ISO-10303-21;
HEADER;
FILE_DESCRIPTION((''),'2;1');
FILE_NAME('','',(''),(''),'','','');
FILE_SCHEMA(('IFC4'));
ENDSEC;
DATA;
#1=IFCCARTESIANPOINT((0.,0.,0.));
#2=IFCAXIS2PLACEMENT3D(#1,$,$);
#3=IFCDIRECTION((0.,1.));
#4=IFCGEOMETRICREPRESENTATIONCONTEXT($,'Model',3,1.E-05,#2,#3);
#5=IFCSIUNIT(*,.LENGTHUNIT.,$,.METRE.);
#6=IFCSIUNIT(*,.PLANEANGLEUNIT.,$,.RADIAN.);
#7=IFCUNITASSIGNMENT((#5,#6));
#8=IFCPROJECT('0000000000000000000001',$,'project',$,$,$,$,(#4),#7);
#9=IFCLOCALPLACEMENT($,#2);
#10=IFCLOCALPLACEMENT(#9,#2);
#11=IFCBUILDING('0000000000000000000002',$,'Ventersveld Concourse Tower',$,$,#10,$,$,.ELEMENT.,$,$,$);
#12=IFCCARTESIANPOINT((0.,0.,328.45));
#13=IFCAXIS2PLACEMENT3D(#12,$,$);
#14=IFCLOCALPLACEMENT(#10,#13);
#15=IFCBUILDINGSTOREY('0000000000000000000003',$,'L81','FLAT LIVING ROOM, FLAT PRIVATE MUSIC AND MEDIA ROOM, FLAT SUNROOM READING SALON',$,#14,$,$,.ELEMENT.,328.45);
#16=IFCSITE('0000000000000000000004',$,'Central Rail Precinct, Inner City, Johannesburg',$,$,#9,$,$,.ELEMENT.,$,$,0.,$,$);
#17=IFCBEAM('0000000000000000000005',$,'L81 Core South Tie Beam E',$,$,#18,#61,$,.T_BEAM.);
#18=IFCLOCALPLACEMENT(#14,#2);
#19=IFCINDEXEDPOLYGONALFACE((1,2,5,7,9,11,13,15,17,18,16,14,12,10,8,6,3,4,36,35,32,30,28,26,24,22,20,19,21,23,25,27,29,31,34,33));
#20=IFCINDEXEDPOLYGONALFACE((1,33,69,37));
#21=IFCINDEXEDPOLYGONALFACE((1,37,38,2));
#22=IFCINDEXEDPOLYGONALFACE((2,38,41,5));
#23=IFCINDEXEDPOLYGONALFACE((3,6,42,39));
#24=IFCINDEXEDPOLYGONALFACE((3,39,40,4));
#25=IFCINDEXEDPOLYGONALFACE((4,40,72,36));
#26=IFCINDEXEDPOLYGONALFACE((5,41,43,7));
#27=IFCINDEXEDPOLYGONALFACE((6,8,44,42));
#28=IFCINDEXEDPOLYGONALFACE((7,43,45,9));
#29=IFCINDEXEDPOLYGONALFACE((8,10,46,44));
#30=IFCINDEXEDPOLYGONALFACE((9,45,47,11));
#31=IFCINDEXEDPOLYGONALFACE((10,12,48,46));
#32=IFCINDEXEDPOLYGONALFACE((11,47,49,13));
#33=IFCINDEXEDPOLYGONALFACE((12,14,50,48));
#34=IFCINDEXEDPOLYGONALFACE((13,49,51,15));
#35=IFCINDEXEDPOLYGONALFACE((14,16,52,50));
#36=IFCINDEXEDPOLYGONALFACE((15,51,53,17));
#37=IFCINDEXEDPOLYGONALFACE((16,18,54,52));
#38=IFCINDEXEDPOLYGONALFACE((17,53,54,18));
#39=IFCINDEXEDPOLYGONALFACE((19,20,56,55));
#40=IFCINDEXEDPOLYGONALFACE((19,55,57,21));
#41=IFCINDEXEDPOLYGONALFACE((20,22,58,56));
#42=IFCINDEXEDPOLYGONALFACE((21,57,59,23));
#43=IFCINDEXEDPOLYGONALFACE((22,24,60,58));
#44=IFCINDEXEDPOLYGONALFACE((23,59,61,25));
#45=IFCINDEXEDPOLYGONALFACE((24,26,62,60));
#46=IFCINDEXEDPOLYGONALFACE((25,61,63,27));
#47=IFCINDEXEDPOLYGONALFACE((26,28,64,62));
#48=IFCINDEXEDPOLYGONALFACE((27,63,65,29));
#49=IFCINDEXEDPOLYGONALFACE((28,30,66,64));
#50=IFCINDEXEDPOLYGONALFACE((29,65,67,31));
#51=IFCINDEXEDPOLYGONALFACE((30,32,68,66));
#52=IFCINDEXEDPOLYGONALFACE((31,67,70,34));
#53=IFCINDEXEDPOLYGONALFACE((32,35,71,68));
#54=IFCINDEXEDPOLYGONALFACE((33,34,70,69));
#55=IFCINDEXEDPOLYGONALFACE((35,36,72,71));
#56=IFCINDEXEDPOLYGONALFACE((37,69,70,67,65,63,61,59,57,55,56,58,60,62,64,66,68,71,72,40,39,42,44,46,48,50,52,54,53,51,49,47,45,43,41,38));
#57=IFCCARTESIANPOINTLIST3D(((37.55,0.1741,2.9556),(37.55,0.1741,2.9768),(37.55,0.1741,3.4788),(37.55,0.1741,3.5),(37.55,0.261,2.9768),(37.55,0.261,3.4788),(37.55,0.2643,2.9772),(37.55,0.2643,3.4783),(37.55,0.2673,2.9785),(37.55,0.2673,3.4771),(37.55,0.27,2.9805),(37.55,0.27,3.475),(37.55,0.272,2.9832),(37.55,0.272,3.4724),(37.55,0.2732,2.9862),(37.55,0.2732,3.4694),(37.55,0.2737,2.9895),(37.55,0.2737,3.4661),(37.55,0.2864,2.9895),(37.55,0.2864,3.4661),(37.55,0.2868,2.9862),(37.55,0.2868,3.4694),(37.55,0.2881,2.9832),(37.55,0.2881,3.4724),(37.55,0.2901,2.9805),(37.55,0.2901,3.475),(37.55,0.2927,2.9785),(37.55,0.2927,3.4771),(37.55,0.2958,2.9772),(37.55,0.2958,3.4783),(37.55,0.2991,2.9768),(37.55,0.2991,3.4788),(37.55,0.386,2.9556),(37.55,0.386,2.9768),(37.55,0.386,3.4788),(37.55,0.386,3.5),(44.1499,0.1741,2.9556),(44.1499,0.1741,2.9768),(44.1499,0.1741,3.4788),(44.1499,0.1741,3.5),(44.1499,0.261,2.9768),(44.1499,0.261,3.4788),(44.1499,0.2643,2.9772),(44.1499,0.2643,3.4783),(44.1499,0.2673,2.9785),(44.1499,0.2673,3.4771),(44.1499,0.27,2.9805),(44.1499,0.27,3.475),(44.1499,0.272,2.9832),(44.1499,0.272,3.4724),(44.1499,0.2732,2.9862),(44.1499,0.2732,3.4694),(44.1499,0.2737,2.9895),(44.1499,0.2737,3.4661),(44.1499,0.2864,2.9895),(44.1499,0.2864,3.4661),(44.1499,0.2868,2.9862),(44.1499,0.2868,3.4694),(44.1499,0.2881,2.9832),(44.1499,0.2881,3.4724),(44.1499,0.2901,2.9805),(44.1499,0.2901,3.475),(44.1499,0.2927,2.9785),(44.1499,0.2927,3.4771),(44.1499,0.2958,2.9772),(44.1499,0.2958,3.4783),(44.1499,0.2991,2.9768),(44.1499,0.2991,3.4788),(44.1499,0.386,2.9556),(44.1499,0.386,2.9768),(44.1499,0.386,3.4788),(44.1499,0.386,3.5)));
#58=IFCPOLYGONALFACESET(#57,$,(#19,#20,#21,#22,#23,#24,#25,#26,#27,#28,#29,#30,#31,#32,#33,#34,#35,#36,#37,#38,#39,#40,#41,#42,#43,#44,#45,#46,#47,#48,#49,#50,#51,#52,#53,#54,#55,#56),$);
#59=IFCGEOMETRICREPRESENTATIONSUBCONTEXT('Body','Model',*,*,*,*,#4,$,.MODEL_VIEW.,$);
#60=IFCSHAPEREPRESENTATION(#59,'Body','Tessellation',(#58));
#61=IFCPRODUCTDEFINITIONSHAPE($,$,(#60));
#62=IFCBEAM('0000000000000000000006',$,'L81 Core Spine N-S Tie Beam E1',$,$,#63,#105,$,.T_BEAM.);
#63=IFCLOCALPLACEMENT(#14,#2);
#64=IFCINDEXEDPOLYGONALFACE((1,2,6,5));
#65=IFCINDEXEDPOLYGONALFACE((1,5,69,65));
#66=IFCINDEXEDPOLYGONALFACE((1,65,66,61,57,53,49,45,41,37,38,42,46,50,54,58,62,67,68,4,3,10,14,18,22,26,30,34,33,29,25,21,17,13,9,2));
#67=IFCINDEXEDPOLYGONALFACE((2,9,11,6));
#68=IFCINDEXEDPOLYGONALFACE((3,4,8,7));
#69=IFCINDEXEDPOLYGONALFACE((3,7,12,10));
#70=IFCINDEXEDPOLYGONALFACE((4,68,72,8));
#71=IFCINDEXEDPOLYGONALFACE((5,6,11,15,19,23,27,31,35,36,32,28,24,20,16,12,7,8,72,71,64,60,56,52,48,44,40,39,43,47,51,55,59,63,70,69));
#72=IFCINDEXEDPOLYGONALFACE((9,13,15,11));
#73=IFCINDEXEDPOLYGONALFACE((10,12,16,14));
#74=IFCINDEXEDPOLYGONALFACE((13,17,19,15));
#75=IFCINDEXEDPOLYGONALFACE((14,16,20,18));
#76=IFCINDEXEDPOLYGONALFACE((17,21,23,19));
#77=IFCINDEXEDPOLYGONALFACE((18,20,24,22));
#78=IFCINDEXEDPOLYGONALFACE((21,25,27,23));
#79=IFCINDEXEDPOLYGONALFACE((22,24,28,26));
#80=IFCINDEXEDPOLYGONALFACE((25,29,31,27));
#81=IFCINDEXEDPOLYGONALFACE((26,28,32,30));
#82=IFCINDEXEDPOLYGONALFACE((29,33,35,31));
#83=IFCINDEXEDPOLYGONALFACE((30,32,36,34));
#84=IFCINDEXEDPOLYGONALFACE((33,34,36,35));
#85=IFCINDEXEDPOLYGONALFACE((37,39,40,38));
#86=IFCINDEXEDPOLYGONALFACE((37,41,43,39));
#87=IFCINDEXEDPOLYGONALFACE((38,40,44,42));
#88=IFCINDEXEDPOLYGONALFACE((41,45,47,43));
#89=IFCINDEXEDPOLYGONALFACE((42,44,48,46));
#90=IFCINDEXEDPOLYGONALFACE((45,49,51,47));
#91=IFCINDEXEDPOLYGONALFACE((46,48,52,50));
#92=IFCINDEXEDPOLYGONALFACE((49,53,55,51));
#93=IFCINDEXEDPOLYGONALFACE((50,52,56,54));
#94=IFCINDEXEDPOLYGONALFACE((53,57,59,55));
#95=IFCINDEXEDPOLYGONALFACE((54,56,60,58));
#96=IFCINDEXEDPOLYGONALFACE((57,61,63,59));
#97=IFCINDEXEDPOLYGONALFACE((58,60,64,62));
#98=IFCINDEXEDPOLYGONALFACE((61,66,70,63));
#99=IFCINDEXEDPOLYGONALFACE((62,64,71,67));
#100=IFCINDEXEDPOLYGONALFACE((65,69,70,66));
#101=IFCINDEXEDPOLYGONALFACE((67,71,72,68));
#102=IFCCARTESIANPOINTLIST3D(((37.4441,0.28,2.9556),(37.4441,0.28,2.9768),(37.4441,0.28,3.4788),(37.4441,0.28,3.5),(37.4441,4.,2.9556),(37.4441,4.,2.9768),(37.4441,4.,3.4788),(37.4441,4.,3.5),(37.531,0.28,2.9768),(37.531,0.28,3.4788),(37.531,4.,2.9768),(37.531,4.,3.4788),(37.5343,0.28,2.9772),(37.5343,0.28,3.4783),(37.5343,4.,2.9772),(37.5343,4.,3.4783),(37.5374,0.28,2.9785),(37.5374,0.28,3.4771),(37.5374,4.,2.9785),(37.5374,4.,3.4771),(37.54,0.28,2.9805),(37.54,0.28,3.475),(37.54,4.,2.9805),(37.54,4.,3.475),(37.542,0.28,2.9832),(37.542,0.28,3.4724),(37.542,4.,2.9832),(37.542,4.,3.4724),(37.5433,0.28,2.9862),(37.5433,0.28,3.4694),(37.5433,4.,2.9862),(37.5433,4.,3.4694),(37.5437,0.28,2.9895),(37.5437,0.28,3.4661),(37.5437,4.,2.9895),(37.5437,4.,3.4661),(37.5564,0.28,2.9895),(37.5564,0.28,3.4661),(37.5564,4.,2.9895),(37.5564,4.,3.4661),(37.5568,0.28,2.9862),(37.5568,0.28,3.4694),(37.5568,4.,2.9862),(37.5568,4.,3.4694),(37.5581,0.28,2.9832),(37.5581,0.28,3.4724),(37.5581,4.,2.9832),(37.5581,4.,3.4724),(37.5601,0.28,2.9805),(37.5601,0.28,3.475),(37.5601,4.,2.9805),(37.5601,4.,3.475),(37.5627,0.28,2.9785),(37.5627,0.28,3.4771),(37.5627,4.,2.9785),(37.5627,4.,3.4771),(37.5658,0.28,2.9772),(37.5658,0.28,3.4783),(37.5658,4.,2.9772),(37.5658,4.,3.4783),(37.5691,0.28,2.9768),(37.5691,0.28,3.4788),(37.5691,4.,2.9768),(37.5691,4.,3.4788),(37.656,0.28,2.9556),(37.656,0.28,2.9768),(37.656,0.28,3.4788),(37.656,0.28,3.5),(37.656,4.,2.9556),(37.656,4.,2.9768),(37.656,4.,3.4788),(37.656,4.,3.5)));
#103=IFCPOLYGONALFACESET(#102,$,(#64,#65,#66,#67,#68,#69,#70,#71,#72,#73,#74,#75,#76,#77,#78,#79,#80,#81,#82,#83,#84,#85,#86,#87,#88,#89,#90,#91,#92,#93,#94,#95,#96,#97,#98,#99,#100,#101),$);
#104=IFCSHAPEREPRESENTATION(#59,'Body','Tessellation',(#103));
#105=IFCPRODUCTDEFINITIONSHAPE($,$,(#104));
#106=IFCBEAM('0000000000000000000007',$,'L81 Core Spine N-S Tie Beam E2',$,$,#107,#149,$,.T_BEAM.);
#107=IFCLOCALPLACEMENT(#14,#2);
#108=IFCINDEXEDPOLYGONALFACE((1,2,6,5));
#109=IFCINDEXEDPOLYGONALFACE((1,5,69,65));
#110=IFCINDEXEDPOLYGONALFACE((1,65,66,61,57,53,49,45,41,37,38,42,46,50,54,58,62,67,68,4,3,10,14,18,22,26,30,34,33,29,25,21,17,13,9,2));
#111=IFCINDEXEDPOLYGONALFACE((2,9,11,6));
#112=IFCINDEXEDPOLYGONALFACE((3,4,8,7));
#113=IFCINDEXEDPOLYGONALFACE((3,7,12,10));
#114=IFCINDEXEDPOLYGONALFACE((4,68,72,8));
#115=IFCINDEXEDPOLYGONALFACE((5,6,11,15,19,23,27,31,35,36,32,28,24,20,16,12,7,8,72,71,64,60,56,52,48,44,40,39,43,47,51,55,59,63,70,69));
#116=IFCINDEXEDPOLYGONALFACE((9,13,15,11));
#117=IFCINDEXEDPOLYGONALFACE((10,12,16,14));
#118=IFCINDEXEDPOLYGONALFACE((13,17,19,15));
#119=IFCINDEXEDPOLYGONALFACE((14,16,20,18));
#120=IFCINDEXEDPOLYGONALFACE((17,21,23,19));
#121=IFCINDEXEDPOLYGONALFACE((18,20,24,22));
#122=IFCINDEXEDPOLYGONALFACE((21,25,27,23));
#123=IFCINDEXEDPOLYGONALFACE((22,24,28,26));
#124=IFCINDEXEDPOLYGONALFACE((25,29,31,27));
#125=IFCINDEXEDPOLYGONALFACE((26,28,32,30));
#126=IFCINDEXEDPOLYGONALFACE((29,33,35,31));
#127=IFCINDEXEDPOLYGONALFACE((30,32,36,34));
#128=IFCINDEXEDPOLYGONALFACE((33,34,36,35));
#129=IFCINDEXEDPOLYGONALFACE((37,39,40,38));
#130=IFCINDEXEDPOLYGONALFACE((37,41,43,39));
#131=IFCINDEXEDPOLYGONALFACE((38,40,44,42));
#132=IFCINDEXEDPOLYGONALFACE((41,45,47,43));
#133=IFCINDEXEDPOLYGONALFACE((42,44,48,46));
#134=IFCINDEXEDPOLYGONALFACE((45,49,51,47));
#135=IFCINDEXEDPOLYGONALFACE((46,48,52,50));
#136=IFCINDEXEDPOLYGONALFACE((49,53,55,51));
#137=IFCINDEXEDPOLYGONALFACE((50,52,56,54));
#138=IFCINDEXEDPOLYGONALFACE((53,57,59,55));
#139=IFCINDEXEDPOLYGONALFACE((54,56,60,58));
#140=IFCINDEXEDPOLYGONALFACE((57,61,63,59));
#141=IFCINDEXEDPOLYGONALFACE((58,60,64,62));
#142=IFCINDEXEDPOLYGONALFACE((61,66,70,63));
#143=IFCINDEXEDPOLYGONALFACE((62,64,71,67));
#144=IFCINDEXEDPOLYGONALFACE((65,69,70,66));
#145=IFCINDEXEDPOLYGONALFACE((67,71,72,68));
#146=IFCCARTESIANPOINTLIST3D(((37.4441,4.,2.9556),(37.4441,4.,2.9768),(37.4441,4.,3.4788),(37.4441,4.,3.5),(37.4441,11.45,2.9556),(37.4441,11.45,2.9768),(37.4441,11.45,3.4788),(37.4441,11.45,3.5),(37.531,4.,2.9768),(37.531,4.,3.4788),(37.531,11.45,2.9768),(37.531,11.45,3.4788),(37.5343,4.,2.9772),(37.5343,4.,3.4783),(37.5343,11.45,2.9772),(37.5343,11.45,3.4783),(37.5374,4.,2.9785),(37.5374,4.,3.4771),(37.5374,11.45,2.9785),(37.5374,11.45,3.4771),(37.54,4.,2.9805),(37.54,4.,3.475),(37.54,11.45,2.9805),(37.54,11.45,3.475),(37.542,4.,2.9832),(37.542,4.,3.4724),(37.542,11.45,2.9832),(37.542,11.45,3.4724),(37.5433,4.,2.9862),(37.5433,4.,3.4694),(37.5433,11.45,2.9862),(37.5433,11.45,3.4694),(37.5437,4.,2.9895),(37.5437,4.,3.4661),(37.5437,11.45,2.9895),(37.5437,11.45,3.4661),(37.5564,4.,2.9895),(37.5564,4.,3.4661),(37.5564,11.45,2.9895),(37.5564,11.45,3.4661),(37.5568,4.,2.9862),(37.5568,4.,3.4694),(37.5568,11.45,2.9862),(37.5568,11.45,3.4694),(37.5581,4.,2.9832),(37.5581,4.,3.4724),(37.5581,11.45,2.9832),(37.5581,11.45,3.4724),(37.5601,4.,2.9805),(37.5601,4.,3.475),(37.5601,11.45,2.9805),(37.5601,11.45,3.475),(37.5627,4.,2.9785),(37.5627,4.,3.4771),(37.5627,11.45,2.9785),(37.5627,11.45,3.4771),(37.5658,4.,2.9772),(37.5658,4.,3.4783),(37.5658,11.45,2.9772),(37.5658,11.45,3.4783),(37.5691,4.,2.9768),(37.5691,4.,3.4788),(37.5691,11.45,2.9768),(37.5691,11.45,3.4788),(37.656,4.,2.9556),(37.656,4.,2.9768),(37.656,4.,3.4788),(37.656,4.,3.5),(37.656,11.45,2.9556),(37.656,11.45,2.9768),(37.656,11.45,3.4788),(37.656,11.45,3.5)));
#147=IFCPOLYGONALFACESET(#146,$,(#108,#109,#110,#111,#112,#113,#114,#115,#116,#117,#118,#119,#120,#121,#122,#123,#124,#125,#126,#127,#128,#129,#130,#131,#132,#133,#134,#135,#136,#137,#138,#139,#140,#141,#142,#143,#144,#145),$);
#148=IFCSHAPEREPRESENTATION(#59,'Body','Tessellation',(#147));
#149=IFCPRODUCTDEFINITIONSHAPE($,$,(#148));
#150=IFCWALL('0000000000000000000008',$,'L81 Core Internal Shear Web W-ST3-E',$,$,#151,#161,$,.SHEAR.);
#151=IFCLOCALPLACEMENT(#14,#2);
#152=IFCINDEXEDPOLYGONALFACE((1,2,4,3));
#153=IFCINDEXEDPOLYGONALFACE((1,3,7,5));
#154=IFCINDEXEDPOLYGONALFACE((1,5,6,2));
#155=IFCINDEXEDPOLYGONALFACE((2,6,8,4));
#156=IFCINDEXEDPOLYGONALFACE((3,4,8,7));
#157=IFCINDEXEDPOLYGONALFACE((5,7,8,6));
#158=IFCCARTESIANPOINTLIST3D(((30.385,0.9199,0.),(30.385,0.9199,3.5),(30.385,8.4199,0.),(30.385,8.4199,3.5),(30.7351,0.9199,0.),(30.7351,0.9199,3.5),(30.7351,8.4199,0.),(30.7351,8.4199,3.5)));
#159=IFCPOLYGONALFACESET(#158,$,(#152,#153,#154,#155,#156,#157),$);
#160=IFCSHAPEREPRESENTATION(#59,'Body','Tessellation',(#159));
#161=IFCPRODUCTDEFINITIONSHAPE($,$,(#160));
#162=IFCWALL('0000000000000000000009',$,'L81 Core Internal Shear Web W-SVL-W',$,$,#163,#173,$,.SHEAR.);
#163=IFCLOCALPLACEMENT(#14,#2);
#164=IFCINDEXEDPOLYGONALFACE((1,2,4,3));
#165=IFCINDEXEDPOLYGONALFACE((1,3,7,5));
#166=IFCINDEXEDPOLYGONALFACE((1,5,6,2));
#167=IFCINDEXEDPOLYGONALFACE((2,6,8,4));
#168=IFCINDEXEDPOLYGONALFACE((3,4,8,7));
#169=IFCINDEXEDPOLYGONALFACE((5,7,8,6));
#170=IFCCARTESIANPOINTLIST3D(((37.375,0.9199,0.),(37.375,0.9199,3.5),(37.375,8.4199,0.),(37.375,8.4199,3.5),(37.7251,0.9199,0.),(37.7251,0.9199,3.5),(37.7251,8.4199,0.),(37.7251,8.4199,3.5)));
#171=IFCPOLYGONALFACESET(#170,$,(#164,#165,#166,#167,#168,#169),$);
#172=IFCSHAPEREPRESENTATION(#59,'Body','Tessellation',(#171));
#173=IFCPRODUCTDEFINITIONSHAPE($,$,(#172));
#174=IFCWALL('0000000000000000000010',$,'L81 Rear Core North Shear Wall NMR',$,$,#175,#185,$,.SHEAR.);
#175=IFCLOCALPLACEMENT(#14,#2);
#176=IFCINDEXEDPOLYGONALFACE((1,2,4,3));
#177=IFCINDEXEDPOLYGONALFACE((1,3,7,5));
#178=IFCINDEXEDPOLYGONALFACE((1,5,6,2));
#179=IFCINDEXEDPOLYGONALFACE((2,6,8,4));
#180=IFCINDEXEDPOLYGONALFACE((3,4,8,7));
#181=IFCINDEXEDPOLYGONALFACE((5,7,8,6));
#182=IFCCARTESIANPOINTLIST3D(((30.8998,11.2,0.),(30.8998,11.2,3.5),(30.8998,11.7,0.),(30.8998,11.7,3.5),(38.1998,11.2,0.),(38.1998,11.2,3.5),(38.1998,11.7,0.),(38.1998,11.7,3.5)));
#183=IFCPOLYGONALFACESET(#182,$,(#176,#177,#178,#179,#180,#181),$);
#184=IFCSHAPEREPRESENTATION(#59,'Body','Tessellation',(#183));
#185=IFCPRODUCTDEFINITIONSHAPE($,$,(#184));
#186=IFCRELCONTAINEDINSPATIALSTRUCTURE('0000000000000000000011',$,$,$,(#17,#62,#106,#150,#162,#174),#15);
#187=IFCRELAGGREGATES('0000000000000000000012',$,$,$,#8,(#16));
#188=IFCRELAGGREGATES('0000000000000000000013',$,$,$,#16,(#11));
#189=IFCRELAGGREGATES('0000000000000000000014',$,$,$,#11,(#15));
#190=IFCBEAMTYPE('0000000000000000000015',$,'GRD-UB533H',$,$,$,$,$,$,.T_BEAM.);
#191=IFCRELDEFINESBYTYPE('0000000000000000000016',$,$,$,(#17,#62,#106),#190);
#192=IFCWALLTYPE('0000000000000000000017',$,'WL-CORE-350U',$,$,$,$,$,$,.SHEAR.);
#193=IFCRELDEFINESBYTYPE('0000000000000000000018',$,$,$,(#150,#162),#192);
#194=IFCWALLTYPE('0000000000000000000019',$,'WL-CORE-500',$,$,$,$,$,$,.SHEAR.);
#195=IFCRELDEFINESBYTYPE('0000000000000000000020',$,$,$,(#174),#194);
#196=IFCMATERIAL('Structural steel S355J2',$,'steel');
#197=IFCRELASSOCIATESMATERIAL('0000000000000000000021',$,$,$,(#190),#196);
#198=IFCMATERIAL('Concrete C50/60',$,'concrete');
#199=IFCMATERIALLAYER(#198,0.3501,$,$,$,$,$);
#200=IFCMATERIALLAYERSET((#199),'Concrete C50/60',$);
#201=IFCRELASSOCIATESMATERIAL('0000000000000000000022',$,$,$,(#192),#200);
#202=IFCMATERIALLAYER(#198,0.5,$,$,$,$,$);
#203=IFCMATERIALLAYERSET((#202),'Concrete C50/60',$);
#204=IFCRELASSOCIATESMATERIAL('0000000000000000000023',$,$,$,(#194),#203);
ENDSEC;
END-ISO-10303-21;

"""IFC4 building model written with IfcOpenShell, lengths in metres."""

from ifc_helpers import new_model, si_unit, direction, frame, frame_2d, origin, origin_2d, place, context, subcontext, project, spatial, rectangle, i_section, extrude, material, layer, layer_set, material_profile, profile_set, type_object, element, save


model = new_model("IFC4")

# Units and contexts
model_context = context("Model", 3, precision=1e-05, world=origin(), true_north=direction((0.0, 1.0)))
body_context = subcontext(model_context, "Body", "Model", "MODEL_VIEW")
ifc_project = project(units=[si_unit("LENGTHUNIT", "METRE"), si_unit("PLANEANGLEUNIT", "RADIAN")], contexts=[model_context])

# Site, building, storey
site_placement = place(None, origin())
site = spatial("IfcSite", under=ifc_project, at=site_placement, Name="Central Rail Precinct, Inner City, Johannesburg", CompositionType="ELEMENT", RefElevation=0.0)
building_placement = place(site_placement, origin())
building = spatial("IfcBuilding", under=site, at=building_placement, Name="Ventersveld Concourse Tower", CompositionType="ELEMENT")
storey_placement = place(building_placement, frame((0.0, 0.0, 328.45)))
storey = spatial("IfcBuildingStorey", under=building, at=storey_placement, Name="L81", Description="FLAT LIVING ROOM, FLAT PRIVATE MUSIC AND MEDIA ROOM, FLAT SUNROOM READING SALON", CompositionType="ELEMENT", Elevation=328.45)

# Shared definitions
ifc_material_1 = material(Name="Concrete C50/60", Category="concrete")

# Beams
ifc_material_2 = material(Name="Structural steel S355J2", Category="steel")
ifc_material_profile_1 = material_profile(ifc_material_2, i_section(OverallWidth=0.2119, OverallDepth=0.5444, WebThickness=0.0127, FlangeThickness=0.0212, FilletRadius=0.0127, at=origin_2d()), Name="UB 533x210x122")
ifc_profile_set_1 = profile_set([ifc_material_profile_1], Name="Structural steel S355J2")
beam_type_1 = type_object("IfcBeamType", Name="GRD-UB533H", PredefinedType="T_BEAM", material=ifc_profile_set_1)
beam_1_placement = place(storey_placement, frame((37.55, 0.28, 3.2278), z_axis=(1.0, 0.0, 0.0), x_axis=(0.0, 1.0, 0.0)))
element("IfcBeam", 1, at=beam_1_placement, inside=storey, type_object=beam_type_1, Name="L81 Core South Tie Beam E", PredefinedType="T_BEAM", context=body_context, shape_type="SweptSolid", body=[
    extrude(i_section(OverallWidth=0.2119, OverallDepth=0.5444, WebThickness=0.0127, FlangeThickness=0.0212, FilletRadius=0.0127, at=origin_2d()), origin(), (0.0, 0.0, 1.0), 6.5999),
])
beam_2_placement = place(storey_placement, frame((37.55, 0.28, 3.2278), z_axis=(0.0, 1.0, 0.0), x_axis=(-1.0, 0.0, 0.0)))
element("IfcBeam", 2, at=beam_2_placement, inside=storey, type_object=beam_type_1, Name="L81 Core Spine N-S Tie Beam E1", PredefinedType="T_BEAM", context=body_context, shape_type="SweptSolid", body=[
    extrude(i_section(OverallWidth=0.2119, OverallDepth=0.5444, WebThickness=0.0127, FlangeThickness=0.0212, FilletRadius=0.0127, at=origin_2d()), origin(), (0.0, 0.0, 1.0), 3.72),
])
beam_3_placement = place(storey_placement, frame((37.55, 4.0, 3.2278), z_axis=(0.0, 1.0, 0.0), x_axis=(-1.0, 0.0, 0.0)))
element("IfcBeam", 3, at=beam_3_placement, inside=storey, type_object=beam_type_1, Name="L81 Core Spine N-S Tie Beam E2", PredefinedType="T_BEAM", context=body_context, shape_type="SweptSolid", body=[
    extrude(i_section(OverallWidth=0.2119, OverallDepth=0.5444, WebThickness=0.0127, FlangeThickness=0.0212, FilletRadius=0.0127, at=origin_2d()), origin(), (0.0, 0.0, 1.0), 7.45),
])

# Walls
ifc_layer_1 = layer(ifc_material_1, 0.3501)
ifc_layer_set_1 = layer_set([ifc_layer_1], Name="Concrete C50/60")
wall_type_1 = type_object("IfcWallType", Name="WL-CORE-350U", PredefinedType="SHEAR", material=ifc_layer_set_1)
for number, where, z_axis, x_axis, name in (
    (4, (30.5601, 0.9199, 0.0), (0.0, 0.0, 1.0), (0.0, 1.0, 0.0), "L81 Core Internal Shear Web W-ST3-E"),
    (5, (37.55, 0.9199, 0.0), (0.0, 0.0, 1.0), (0.0, 1.0, 0.0), "L81 Core Internal Shear Web W-SVL-W"),
):
    element("IfcWall", number, at=place(storey_placement, frame(where, z_axis=z_axis, x_axis=x_axis)), inside=storey, type_object=wall_type_1, Name=name, PredefinedType="SHEAR", context=body_context, shape_type="SweptSolid", body=[
        extrude(rectangle(XDim=7.5, YDim=0.3501, at=frame_2d((3.75, 0.0))), origin(), (0.0, 0.0, 1.0), 3.5),
    ])
ifc_layer_2 = layer(ifc_material_1, 0.5)
ifc_layer_set_2 = layer_set([ifc_layer_2], Name="Concrete C50/60")
wall_type_2 = type_object("IfcWallType", Name="WL-CORE-500", PredefinedType="SHEAR", material=ifc_layer_set_2)
wall_1_placement = place(storey_placement, frame((30.8999, 11.45, 0.0), z_axis=(0.0, 0.0, 1.0), x_axis=(1.0, 0.0, 0.0)))
element("IfcWall", 6, at=wall_1_placement, inside=storey, type_object=wall_type_2, Name="L81 Rear Core North Shear Wall NMR", PredefinedType="SHEAR", context=body_context, shape_type="SweptSolid", body=[
    extrude(rectangle(XDim=7.3, YDim=0.5, at=frame_2d((3.6499, 0.0))), origin(), (0.0, 0.0, 1.0), 3.5),
])

save(model, "model.ifc")
